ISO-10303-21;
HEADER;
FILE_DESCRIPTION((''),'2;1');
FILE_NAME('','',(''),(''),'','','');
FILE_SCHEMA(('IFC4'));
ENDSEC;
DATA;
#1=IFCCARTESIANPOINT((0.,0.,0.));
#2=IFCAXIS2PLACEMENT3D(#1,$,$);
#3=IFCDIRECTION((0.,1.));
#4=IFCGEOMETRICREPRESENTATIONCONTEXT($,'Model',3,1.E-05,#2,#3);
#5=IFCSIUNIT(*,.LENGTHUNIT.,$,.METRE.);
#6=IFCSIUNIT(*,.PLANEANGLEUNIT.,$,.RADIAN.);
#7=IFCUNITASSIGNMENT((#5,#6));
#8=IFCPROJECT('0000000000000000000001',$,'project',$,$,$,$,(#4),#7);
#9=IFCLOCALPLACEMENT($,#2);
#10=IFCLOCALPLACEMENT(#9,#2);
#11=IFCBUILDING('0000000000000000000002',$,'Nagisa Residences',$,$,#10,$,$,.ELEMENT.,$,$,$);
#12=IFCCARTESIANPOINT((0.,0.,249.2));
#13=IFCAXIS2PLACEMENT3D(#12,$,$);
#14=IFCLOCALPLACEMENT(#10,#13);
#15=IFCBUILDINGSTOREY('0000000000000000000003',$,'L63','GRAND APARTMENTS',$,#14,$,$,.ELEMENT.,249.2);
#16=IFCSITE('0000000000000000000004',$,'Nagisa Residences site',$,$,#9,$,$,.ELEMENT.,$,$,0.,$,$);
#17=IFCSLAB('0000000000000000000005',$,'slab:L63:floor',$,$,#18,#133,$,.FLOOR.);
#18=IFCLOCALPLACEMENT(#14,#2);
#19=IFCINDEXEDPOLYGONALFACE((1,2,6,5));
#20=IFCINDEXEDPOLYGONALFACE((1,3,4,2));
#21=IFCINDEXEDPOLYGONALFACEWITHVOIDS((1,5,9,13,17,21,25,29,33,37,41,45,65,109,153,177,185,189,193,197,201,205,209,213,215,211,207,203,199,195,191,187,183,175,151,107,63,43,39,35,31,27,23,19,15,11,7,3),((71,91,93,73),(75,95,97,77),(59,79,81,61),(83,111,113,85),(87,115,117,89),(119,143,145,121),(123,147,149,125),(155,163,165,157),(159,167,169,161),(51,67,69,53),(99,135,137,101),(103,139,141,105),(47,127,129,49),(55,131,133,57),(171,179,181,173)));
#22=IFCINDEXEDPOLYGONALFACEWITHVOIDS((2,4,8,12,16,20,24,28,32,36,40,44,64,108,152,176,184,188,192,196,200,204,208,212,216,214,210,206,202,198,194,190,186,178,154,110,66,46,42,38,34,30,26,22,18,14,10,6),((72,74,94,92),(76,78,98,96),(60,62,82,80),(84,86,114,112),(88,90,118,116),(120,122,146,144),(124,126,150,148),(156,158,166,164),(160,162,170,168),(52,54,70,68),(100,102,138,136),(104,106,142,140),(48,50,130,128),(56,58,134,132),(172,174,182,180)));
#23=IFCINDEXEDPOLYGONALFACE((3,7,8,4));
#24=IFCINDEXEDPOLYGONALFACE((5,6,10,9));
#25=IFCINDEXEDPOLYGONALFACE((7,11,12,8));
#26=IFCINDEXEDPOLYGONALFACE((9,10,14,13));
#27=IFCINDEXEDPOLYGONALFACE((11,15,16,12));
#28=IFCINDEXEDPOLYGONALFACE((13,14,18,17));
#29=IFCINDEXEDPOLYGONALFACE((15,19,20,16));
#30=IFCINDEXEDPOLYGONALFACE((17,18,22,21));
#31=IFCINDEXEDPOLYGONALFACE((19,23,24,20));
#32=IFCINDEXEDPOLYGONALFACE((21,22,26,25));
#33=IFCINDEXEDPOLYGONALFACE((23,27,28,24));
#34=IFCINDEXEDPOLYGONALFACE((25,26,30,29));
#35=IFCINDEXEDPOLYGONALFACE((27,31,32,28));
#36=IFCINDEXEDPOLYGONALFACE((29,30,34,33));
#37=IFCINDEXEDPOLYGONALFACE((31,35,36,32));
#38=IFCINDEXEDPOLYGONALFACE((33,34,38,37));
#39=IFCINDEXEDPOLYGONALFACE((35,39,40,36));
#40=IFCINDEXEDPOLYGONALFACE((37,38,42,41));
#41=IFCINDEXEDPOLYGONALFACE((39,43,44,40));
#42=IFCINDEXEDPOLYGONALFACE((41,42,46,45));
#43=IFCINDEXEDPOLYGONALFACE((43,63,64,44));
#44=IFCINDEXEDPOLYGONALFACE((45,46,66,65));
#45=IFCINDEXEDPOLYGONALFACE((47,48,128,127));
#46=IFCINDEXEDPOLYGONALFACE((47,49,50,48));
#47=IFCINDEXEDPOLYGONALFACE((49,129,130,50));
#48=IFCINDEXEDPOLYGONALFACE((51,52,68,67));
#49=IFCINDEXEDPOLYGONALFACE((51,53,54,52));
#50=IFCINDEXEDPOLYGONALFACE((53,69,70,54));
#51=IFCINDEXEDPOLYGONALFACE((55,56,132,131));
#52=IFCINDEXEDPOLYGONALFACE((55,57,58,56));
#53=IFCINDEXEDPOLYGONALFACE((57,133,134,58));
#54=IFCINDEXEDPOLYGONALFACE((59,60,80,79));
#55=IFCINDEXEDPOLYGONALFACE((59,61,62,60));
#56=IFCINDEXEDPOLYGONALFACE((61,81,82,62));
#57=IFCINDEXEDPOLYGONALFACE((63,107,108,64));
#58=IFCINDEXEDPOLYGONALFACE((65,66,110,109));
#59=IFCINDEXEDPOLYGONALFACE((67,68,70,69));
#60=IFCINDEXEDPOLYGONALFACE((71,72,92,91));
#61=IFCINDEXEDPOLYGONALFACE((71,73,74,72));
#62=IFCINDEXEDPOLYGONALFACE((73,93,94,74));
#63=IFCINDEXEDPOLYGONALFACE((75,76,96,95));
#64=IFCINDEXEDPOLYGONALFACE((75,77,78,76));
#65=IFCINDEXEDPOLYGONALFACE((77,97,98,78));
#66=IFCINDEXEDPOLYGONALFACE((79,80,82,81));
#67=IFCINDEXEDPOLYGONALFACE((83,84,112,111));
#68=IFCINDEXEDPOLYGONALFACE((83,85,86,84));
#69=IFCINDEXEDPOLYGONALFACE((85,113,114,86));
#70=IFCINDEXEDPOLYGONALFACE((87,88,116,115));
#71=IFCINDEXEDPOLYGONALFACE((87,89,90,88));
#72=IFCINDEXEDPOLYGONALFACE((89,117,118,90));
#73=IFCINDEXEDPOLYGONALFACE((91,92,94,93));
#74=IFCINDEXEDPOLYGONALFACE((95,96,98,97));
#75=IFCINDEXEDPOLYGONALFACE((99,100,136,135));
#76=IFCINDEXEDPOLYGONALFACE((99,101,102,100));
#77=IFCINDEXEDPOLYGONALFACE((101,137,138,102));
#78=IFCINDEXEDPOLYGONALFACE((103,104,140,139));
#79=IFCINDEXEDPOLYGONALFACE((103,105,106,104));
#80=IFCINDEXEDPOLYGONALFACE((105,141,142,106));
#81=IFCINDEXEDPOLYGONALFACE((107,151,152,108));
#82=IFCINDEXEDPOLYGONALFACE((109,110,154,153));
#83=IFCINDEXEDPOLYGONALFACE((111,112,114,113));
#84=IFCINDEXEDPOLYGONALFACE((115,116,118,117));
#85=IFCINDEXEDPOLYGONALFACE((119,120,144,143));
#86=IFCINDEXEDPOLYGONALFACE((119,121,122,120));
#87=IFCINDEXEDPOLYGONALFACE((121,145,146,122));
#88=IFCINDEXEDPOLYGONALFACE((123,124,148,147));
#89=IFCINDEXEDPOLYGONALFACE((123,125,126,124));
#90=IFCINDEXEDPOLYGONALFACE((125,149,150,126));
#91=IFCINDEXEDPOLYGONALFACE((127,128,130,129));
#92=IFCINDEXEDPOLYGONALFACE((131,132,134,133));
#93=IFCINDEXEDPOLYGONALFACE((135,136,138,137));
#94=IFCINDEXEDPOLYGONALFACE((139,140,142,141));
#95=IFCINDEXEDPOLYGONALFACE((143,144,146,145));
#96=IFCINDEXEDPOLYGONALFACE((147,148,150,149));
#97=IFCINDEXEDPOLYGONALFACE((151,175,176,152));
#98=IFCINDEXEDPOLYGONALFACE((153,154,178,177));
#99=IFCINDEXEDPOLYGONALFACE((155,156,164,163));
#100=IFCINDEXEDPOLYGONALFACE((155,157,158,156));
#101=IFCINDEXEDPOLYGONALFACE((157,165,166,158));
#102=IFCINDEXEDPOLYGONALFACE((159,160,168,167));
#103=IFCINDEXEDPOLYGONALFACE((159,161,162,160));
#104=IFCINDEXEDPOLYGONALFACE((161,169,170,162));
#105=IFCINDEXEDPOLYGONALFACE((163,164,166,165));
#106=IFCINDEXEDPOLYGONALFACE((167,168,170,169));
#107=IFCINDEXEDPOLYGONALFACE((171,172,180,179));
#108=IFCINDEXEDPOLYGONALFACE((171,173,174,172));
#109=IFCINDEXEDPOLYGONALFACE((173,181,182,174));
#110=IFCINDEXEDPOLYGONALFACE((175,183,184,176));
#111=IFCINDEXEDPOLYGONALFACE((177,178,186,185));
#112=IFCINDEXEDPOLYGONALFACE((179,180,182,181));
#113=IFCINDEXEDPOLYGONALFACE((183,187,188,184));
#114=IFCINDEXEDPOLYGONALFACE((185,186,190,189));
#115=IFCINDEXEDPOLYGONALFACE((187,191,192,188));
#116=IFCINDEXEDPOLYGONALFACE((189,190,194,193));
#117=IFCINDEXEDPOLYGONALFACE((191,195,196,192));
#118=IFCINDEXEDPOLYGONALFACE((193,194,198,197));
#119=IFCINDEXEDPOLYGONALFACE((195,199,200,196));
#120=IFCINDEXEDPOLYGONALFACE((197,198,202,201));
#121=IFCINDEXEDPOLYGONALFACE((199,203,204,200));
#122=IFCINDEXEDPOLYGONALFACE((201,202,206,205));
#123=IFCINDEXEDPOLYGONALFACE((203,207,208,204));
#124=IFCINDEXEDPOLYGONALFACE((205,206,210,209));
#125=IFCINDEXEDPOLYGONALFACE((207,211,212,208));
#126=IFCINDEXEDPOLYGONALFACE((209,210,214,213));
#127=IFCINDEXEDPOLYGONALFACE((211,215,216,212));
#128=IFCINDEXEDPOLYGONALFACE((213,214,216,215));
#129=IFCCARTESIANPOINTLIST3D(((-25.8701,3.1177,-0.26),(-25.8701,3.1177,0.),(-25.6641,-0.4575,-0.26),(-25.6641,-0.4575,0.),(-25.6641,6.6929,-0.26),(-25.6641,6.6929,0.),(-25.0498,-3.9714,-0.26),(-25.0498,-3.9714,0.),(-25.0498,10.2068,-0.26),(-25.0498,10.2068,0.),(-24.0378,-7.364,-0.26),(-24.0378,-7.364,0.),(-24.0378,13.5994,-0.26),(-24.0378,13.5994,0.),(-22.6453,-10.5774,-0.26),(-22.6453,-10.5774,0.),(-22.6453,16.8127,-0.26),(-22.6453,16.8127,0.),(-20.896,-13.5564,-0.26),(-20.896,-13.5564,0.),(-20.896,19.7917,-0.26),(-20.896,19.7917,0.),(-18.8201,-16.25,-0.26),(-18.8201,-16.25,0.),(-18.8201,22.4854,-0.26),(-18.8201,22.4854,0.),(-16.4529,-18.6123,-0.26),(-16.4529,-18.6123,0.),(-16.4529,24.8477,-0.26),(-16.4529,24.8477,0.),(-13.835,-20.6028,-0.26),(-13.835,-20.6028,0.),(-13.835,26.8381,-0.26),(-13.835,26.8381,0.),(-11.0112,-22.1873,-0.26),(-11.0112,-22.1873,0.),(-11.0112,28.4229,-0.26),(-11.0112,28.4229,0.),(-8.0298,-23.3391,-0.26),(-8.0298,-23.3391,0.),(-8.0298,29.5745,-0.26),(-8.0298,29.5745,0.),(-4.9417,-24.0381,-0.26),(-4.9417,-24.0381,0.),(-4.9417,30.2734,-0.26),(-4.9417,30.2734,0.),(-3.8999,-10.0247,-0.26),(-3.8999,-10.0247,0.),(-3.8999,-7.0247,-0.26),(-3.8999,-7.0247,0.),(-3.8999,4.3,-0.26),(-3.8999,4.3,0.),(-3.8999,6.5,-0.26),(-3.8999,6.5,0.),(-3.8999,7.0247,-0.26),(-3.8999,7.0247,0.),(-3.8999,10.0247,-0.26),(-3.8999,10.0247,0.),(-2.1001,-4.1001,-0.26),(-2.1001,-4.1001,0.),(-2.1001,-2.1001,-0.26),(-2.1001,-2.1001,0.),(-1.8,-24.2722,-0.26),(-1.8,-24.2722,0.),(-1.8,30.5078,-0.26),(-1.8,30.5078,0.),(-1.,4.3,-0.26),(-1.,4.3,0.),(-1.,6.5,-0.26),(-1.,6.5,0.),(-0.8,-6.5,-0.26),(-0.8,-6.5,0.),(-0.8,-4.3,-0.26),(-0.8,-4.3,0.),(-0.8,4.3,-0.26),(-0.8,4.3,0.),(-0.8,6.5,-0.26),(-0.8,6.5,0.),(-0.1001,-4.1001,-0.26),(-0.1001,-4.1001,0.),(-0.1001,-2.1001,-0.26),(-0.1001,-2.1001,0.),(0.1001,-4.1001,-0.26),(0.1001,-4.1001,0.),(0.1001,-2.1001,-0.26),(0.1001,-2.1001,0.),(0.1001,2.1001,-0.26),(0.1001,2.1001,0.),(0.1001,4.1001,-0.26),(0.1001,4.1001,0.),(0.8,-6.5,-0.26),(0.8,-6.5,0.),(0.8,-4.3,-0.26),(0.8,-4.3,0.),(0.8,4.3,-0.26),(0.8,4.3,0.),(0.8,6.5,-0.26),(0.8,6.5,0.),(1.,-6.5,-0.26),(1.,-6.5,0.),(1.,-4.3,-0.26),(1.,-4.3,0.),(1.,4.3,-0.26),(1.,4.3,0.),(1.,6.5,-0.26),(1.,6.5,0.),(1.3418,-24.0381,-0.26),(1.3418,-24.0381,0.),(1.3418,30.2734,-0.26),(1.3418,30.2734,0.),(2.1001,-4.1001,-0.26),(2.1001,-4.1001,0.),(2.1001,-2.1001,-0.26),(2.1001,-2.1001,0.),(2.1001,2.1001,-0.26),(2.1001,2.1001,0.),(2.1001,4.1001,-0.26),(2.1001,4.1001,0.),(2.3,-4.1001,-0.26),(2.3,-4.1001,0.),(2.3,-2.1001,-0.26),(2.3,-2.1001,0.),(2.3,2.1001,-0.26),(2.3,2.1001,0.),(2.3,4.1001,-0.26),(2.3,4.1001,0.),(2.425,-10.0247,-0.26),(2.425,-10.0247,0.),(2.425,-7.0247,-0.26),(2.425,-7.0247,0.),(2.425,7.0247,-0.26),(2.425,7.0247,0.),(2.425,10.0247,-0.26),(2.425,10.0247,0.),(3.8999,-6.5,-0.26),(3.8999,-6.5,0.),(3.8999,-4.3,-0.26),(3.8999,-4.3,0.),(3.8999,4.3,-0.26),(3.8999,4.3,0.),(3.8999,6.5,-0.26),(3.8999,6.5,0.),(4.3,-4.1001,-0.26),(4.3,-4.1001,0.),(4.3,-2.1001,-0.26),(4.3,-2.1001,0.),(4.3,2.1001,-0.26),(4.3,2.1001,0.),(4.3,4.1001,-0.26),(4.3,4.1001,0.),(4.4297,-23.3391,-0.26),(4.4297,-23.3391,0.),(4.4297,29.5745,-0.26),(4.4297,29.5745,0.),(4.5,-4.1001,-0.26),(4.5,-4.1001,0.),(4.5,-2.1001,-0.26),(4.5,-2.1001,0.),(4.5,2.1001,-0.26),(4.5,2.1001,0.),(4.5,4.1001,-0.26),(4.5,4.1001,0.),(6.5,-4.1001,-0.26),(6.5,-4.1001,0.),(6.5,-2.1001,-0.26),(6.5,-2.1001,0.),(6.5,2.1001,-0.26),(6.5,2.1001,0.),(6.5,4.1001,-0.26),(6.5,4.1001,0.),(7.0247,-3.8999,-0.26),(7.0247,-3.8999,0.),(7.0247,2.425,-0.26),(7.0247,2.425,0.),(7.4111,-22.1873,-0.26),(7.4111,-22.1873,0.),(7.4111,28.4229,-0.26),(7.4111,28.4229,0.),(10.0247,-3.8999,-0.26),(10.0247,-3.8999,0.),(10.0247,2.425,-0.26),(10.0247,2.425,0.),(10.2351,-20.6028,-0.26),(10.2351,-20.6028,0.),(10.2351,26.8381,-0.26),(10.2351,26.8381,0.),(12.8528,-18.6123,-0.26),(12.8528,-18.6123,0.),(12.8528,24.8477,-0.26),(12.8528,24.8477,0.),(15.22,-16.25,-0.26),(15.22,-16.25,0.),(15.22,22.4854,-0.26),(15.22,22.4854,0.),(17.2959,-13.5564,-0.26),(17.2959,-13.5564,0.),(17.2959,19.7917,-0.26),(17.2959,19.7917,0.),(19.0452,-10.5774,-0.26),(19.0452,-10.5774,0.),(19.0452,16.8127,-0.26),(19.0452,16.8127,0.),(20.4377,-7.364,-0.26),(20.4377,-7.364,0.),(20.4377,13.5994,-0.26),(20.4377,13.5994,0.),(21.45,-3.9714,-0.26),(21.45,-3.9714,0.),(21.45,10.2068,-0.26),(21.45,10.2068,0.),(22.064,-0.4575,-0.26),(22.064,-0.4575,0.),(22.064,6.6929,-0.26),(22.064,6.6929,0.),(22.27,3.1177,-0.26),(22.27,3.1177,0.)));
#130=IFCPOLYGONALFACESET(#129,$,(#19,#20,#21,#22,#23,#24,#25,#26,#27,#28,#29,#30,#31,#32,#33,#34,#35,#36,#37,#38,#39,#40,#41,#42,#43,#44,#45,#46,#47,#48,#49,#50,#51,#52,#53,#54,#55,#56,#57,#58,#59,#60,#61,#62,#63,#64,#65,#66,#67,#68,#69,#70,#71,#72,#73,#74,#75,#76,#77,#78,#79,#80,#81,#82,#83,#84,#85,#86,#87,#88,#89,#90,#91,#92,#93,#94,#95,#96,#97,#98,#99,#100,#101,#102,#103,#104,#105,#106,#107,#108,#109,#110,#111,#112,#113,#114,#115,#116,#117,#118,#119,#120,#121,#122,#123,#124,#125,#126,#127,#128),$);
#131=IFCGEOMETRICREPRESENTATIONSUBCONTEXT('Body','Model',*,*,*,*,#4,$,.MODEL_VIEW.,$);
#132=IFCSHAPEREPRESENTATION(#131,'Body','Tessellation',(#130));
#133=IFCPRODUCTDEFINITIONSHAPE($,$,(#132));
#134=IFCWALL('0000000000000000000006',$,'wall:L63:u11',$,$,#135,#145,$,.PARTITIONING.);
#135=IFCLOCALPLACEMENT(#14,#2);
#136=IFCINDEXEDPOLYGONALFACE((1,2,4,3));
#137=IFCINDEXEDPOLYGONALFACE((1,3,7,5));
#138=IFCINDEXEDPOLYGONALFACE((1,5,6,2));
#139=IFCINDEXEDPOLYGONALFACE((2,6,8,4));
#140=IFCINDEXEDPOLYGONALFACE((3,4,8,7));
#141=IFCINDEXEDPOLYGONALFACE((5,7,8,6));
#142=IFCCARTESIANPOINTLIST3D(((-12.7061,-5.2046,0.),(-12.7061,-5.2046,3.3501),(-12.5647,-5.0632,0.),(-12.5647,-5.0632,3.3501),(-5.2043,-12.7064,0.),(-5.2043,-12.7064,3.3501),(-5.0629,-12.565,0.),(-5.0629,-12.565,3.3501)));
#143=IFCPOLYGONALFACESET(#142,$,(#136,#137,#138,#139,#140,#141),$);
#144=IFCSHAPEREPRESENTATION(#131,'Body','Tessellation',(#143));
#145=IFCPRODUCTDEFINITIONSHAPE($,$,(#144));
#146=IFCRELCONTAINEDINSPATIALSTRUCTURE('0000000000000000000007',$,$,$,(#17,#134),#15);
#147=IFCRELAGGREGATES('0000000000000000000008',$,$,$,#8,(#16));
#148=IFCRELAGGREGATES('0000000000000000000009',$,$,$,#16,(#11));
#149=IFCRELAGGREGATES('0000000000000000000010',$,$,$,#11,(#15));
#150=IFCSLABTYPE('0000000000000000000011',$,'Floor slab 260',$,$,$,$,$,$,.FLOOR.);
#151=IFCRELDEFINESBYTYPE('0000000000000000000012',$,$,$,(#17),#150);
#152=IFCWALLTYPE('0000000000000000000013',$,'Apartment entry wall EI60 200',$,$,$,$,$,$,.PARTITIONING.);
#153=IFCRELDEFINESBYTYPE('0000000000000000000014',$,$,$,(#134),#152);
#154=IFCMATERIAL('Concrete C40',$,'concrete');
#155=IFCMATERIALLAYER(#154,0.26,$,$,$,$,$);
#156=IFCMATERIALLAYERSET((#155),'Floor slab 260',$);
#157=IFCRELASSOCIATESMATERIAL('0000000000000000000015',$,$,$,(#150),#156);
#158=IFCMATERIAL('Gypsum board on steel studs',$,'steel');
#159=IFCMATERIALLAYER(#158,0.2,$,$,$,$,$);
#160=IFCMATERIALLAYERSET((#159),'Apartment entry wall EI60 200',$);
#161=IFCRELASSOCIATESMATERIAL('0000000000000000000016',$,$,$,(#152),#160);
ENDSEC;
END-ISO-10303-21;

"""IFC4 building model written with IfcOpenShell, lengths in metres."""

from ifc_helpers import new_model, si_unit, direction, frame, frame_2d, origin, place, context, subcontext, project, spatial, polyline, rectangle, outline, extrude, material, layer, layer_set, type_object, element, save


model = new_model("IFC4")

# Units and contexts
model_context = context("Model", 3, precision=1e-05, world=origin(), true_north=direction((0.0, 1.0)))
body_context = subcontext(model_context, "Body", "Model", "MODEL_VIEW")
ifc_project = project(units=[si_unit("LENGTHUNIT", "METRE"), si_unit("PLANEANGLEUNIT", "RADIAN")], contexts=[model_context])

# Site, building, storey
site_placement = place(None, origin())
site = spatial("IfcSite", under=ifc_project, at=site_placement, Name="Nagisa Residences site", CompositionType="ELEMENT", RefElevation=0.0)
building_placement = place(site_placement, origin())
building = spatial("IfcBuilding", under=site, at=building_placement, Name="Nagisa Residences", CompositionType="ELEMENT")
storey_placement = place(building_placement, frame((0.0, 0.0, 249.2)))
storey = spatial("IfcBuildingStorey", under=building, at=storey_placement, Name="L63", Description="GRAND APARTMENTS", CompositionType="ELEMENT", Elevation=249.2)

# Slab
ifc_material_1 = material(Name="Concrete C40", Category="concrete")
ifc_layer_1 = layer(ifc_material_1, 0.26)
ifc_layer_set_1 = layer_set([ifc_layer_1], Name="Floor slab 260")
slab_type = type_object("IfcSlabType", Name="Floor slab 260", PredefinedType="FLOOR", material=ifc_layer_set_1)
slab_placement = place(storey_placement, frame((0.0, 0.0, -0.26)))
element("IfcSlab", 1, at=slab_placement, inside=storey, type_object=slab_type, Name="slab:L63:floor", PredefinedType="FLOOR", context=body_context, shape_type="SweptSolid", body=[
    extrude(outline(polyline([(22.27, 3.1177), (22.064, 6.6929), (21.45, 10.2068), (20.4377, 13.5994), (19.0452, 16.8127), (17.2959, 19.7917), (15.22, 22.4854), (12.8528, 24.8477), (10.2351, 26.8381), (7.4111, 28.4229), (4.4297, 29.5745), (1.3418, 30.2734), (-1.8, 30.5078), (-4.9417, 30.2734), (-8.0298, 29.5745), (-11.0112, 28.4229), (-13.835, 26.8381), (-16.4529, 24.8477), (-18.8201, 22.4854), (-20.896, 19.7917), (-22.6453, 16.8127), (-24.0378, 13.5994), (-25.0498, 10.2068), (-25.6641, 6.6929), (-25.8701, 3.1177), (-25.6641, -0.4575), (-25.0498, -3.9714), (-24.0378, -7.364), (-22.6453, -10.5774), (-20.896, -13.5564), (-18.8201, -16.25), (-16.4529, -18.6123), (-13.835, -20.6028), (-11.0112, -22.1873), (-8.0298, -23.3391), (-4.9417, -24.0381), (-1.8, -24.2722), (1.3418, -24.0381), (4.4297, -23.3391), (7.4111, -22.1873), (10.2351, -20.6028), (12.8528, -18.6123), (15.22, -16.25), (17.2959, -13.5564), (19.0452, -10.5774), (20.4377, -7.364), (21.45, -3.9714), (22.064, -0.4575), (22.27, 3.1177)]), holes=[polyline([(2.1001, 2.1001), (2.1001, 4.1001), (0.1001, 4.1001), (0.1001, 2.1001), (2.1001, 2.1001)]), polyline([(4.3, 2.1001), (4.3, 4.1001), (2.3, 4.1001), (2.3, 2.1001), (4.3, 2.1001)]), polyline([(6.5, 2.1001), (6.5, 4.1001), (4.5, 4.1001), (4.5, 2.1001), (6.5, 2.1001)]), polyline([(-0.1001, -4.1001), (-0.1001, -2.1001), (-2.1001, -2.1001), (-2.1001, -4.1001), (-0.1001, -4.1001)]), polyline([(2.1001, -4.1001), (2.1001, -2.1001), (0.1001, -2.1001), (0.1001, -4.1001), (2.1001, -4.1001)]), polyline([(4.3, -4.1001), (4.3, -2.1001), (2.3, -2.1001), (2.3, -4.1001), (4.3, -4.1001)]), polyline([(6.5, -4.1001), (6.5, -2.1001), (4.5, -2.1001), (4.5, -4.1001), (6.5, -4.1001)]), polyline([(3.8999, 4.3), (3.8999, 6.5), (1.0, 6.5), (1.0, 4.3), (3.8999, 4.3)]), polyline([(3.8999, -6.5), (3.8999, -4.3), (1.0, -4.3), (1.0, -6.5), (3.8999, -6.5)]), polyline([(-1.0, 4.3), (-1.0, 6.5), (-3.8999, 6.5), (-3.8999, 4.3), (-1.0, 4.3)]), polyline([(0.8, 4.3), (0.8, 6.5), (-0.8, 6.5), (-0.8, 4.3), (0.8, 4.3)]), polyline([(0.8, -6.5), (0.8, -4.3), (-0.8, -4.3), (-0.8, -6.5), (0.8, -6.5)]), polyline([(10.0247, -3.8999), (7.0247, -3.8999), (7.0247, 2.425), (10.0247, 2.425), (10.0247, -3.8999)]), polyline([(-3.8999, 7.0247), (-3.8999, 10.0247), (2.425, 10.0247), (2.425, 7.0247), (-3.8999, 7.0247)]), polyline([(-3.8999, -10.0247), (-3.8999, -7.0247), (2.425, -7.0247), (2.425, -10.0247), (-3.8999, -10.0247)])]), origin(), (0.0, 0.0, 1.0), 0.26),
])

# Wall
ifc_material_2 = material(Name="Gypsum board on steel studs", Category="steel")
ifc_layer_2 = layer(ifc_material_2, 0.2)
ifc_layer_set_2 = layer_set([ifc_layer_2], Name="Apartment entry wall EI60 200")
wall_type_1 = type_object("IfcWallType", Name="Apartment entry wall EI60 200", PredefinedType="PARTITIONING", material=ifc_layer_set_2)
wall_1_placement = place(storey_placement, frame((-12.6355, -5.1338, 0.0), z_axis=(0.0, 0.0, 1.0), x_axis=(0.707107, -0.707107, 0.0)))
element("IfcWall", 2, at=wall_1_placement, inside=storey, type_object=wall_type_1, Name="wall:L63:u11", PredefinedType="PARTITIONING", context=body_context, shape_type="SweptSolid", body=[
    extrude(rectangle(XDim=10.6091, YDim=0.2, at=frame_2d((5.3047, 0.0))), origin(), (0.0, 0.0, 1.0), 3.3501),
])

save(model, "model.ifc")
